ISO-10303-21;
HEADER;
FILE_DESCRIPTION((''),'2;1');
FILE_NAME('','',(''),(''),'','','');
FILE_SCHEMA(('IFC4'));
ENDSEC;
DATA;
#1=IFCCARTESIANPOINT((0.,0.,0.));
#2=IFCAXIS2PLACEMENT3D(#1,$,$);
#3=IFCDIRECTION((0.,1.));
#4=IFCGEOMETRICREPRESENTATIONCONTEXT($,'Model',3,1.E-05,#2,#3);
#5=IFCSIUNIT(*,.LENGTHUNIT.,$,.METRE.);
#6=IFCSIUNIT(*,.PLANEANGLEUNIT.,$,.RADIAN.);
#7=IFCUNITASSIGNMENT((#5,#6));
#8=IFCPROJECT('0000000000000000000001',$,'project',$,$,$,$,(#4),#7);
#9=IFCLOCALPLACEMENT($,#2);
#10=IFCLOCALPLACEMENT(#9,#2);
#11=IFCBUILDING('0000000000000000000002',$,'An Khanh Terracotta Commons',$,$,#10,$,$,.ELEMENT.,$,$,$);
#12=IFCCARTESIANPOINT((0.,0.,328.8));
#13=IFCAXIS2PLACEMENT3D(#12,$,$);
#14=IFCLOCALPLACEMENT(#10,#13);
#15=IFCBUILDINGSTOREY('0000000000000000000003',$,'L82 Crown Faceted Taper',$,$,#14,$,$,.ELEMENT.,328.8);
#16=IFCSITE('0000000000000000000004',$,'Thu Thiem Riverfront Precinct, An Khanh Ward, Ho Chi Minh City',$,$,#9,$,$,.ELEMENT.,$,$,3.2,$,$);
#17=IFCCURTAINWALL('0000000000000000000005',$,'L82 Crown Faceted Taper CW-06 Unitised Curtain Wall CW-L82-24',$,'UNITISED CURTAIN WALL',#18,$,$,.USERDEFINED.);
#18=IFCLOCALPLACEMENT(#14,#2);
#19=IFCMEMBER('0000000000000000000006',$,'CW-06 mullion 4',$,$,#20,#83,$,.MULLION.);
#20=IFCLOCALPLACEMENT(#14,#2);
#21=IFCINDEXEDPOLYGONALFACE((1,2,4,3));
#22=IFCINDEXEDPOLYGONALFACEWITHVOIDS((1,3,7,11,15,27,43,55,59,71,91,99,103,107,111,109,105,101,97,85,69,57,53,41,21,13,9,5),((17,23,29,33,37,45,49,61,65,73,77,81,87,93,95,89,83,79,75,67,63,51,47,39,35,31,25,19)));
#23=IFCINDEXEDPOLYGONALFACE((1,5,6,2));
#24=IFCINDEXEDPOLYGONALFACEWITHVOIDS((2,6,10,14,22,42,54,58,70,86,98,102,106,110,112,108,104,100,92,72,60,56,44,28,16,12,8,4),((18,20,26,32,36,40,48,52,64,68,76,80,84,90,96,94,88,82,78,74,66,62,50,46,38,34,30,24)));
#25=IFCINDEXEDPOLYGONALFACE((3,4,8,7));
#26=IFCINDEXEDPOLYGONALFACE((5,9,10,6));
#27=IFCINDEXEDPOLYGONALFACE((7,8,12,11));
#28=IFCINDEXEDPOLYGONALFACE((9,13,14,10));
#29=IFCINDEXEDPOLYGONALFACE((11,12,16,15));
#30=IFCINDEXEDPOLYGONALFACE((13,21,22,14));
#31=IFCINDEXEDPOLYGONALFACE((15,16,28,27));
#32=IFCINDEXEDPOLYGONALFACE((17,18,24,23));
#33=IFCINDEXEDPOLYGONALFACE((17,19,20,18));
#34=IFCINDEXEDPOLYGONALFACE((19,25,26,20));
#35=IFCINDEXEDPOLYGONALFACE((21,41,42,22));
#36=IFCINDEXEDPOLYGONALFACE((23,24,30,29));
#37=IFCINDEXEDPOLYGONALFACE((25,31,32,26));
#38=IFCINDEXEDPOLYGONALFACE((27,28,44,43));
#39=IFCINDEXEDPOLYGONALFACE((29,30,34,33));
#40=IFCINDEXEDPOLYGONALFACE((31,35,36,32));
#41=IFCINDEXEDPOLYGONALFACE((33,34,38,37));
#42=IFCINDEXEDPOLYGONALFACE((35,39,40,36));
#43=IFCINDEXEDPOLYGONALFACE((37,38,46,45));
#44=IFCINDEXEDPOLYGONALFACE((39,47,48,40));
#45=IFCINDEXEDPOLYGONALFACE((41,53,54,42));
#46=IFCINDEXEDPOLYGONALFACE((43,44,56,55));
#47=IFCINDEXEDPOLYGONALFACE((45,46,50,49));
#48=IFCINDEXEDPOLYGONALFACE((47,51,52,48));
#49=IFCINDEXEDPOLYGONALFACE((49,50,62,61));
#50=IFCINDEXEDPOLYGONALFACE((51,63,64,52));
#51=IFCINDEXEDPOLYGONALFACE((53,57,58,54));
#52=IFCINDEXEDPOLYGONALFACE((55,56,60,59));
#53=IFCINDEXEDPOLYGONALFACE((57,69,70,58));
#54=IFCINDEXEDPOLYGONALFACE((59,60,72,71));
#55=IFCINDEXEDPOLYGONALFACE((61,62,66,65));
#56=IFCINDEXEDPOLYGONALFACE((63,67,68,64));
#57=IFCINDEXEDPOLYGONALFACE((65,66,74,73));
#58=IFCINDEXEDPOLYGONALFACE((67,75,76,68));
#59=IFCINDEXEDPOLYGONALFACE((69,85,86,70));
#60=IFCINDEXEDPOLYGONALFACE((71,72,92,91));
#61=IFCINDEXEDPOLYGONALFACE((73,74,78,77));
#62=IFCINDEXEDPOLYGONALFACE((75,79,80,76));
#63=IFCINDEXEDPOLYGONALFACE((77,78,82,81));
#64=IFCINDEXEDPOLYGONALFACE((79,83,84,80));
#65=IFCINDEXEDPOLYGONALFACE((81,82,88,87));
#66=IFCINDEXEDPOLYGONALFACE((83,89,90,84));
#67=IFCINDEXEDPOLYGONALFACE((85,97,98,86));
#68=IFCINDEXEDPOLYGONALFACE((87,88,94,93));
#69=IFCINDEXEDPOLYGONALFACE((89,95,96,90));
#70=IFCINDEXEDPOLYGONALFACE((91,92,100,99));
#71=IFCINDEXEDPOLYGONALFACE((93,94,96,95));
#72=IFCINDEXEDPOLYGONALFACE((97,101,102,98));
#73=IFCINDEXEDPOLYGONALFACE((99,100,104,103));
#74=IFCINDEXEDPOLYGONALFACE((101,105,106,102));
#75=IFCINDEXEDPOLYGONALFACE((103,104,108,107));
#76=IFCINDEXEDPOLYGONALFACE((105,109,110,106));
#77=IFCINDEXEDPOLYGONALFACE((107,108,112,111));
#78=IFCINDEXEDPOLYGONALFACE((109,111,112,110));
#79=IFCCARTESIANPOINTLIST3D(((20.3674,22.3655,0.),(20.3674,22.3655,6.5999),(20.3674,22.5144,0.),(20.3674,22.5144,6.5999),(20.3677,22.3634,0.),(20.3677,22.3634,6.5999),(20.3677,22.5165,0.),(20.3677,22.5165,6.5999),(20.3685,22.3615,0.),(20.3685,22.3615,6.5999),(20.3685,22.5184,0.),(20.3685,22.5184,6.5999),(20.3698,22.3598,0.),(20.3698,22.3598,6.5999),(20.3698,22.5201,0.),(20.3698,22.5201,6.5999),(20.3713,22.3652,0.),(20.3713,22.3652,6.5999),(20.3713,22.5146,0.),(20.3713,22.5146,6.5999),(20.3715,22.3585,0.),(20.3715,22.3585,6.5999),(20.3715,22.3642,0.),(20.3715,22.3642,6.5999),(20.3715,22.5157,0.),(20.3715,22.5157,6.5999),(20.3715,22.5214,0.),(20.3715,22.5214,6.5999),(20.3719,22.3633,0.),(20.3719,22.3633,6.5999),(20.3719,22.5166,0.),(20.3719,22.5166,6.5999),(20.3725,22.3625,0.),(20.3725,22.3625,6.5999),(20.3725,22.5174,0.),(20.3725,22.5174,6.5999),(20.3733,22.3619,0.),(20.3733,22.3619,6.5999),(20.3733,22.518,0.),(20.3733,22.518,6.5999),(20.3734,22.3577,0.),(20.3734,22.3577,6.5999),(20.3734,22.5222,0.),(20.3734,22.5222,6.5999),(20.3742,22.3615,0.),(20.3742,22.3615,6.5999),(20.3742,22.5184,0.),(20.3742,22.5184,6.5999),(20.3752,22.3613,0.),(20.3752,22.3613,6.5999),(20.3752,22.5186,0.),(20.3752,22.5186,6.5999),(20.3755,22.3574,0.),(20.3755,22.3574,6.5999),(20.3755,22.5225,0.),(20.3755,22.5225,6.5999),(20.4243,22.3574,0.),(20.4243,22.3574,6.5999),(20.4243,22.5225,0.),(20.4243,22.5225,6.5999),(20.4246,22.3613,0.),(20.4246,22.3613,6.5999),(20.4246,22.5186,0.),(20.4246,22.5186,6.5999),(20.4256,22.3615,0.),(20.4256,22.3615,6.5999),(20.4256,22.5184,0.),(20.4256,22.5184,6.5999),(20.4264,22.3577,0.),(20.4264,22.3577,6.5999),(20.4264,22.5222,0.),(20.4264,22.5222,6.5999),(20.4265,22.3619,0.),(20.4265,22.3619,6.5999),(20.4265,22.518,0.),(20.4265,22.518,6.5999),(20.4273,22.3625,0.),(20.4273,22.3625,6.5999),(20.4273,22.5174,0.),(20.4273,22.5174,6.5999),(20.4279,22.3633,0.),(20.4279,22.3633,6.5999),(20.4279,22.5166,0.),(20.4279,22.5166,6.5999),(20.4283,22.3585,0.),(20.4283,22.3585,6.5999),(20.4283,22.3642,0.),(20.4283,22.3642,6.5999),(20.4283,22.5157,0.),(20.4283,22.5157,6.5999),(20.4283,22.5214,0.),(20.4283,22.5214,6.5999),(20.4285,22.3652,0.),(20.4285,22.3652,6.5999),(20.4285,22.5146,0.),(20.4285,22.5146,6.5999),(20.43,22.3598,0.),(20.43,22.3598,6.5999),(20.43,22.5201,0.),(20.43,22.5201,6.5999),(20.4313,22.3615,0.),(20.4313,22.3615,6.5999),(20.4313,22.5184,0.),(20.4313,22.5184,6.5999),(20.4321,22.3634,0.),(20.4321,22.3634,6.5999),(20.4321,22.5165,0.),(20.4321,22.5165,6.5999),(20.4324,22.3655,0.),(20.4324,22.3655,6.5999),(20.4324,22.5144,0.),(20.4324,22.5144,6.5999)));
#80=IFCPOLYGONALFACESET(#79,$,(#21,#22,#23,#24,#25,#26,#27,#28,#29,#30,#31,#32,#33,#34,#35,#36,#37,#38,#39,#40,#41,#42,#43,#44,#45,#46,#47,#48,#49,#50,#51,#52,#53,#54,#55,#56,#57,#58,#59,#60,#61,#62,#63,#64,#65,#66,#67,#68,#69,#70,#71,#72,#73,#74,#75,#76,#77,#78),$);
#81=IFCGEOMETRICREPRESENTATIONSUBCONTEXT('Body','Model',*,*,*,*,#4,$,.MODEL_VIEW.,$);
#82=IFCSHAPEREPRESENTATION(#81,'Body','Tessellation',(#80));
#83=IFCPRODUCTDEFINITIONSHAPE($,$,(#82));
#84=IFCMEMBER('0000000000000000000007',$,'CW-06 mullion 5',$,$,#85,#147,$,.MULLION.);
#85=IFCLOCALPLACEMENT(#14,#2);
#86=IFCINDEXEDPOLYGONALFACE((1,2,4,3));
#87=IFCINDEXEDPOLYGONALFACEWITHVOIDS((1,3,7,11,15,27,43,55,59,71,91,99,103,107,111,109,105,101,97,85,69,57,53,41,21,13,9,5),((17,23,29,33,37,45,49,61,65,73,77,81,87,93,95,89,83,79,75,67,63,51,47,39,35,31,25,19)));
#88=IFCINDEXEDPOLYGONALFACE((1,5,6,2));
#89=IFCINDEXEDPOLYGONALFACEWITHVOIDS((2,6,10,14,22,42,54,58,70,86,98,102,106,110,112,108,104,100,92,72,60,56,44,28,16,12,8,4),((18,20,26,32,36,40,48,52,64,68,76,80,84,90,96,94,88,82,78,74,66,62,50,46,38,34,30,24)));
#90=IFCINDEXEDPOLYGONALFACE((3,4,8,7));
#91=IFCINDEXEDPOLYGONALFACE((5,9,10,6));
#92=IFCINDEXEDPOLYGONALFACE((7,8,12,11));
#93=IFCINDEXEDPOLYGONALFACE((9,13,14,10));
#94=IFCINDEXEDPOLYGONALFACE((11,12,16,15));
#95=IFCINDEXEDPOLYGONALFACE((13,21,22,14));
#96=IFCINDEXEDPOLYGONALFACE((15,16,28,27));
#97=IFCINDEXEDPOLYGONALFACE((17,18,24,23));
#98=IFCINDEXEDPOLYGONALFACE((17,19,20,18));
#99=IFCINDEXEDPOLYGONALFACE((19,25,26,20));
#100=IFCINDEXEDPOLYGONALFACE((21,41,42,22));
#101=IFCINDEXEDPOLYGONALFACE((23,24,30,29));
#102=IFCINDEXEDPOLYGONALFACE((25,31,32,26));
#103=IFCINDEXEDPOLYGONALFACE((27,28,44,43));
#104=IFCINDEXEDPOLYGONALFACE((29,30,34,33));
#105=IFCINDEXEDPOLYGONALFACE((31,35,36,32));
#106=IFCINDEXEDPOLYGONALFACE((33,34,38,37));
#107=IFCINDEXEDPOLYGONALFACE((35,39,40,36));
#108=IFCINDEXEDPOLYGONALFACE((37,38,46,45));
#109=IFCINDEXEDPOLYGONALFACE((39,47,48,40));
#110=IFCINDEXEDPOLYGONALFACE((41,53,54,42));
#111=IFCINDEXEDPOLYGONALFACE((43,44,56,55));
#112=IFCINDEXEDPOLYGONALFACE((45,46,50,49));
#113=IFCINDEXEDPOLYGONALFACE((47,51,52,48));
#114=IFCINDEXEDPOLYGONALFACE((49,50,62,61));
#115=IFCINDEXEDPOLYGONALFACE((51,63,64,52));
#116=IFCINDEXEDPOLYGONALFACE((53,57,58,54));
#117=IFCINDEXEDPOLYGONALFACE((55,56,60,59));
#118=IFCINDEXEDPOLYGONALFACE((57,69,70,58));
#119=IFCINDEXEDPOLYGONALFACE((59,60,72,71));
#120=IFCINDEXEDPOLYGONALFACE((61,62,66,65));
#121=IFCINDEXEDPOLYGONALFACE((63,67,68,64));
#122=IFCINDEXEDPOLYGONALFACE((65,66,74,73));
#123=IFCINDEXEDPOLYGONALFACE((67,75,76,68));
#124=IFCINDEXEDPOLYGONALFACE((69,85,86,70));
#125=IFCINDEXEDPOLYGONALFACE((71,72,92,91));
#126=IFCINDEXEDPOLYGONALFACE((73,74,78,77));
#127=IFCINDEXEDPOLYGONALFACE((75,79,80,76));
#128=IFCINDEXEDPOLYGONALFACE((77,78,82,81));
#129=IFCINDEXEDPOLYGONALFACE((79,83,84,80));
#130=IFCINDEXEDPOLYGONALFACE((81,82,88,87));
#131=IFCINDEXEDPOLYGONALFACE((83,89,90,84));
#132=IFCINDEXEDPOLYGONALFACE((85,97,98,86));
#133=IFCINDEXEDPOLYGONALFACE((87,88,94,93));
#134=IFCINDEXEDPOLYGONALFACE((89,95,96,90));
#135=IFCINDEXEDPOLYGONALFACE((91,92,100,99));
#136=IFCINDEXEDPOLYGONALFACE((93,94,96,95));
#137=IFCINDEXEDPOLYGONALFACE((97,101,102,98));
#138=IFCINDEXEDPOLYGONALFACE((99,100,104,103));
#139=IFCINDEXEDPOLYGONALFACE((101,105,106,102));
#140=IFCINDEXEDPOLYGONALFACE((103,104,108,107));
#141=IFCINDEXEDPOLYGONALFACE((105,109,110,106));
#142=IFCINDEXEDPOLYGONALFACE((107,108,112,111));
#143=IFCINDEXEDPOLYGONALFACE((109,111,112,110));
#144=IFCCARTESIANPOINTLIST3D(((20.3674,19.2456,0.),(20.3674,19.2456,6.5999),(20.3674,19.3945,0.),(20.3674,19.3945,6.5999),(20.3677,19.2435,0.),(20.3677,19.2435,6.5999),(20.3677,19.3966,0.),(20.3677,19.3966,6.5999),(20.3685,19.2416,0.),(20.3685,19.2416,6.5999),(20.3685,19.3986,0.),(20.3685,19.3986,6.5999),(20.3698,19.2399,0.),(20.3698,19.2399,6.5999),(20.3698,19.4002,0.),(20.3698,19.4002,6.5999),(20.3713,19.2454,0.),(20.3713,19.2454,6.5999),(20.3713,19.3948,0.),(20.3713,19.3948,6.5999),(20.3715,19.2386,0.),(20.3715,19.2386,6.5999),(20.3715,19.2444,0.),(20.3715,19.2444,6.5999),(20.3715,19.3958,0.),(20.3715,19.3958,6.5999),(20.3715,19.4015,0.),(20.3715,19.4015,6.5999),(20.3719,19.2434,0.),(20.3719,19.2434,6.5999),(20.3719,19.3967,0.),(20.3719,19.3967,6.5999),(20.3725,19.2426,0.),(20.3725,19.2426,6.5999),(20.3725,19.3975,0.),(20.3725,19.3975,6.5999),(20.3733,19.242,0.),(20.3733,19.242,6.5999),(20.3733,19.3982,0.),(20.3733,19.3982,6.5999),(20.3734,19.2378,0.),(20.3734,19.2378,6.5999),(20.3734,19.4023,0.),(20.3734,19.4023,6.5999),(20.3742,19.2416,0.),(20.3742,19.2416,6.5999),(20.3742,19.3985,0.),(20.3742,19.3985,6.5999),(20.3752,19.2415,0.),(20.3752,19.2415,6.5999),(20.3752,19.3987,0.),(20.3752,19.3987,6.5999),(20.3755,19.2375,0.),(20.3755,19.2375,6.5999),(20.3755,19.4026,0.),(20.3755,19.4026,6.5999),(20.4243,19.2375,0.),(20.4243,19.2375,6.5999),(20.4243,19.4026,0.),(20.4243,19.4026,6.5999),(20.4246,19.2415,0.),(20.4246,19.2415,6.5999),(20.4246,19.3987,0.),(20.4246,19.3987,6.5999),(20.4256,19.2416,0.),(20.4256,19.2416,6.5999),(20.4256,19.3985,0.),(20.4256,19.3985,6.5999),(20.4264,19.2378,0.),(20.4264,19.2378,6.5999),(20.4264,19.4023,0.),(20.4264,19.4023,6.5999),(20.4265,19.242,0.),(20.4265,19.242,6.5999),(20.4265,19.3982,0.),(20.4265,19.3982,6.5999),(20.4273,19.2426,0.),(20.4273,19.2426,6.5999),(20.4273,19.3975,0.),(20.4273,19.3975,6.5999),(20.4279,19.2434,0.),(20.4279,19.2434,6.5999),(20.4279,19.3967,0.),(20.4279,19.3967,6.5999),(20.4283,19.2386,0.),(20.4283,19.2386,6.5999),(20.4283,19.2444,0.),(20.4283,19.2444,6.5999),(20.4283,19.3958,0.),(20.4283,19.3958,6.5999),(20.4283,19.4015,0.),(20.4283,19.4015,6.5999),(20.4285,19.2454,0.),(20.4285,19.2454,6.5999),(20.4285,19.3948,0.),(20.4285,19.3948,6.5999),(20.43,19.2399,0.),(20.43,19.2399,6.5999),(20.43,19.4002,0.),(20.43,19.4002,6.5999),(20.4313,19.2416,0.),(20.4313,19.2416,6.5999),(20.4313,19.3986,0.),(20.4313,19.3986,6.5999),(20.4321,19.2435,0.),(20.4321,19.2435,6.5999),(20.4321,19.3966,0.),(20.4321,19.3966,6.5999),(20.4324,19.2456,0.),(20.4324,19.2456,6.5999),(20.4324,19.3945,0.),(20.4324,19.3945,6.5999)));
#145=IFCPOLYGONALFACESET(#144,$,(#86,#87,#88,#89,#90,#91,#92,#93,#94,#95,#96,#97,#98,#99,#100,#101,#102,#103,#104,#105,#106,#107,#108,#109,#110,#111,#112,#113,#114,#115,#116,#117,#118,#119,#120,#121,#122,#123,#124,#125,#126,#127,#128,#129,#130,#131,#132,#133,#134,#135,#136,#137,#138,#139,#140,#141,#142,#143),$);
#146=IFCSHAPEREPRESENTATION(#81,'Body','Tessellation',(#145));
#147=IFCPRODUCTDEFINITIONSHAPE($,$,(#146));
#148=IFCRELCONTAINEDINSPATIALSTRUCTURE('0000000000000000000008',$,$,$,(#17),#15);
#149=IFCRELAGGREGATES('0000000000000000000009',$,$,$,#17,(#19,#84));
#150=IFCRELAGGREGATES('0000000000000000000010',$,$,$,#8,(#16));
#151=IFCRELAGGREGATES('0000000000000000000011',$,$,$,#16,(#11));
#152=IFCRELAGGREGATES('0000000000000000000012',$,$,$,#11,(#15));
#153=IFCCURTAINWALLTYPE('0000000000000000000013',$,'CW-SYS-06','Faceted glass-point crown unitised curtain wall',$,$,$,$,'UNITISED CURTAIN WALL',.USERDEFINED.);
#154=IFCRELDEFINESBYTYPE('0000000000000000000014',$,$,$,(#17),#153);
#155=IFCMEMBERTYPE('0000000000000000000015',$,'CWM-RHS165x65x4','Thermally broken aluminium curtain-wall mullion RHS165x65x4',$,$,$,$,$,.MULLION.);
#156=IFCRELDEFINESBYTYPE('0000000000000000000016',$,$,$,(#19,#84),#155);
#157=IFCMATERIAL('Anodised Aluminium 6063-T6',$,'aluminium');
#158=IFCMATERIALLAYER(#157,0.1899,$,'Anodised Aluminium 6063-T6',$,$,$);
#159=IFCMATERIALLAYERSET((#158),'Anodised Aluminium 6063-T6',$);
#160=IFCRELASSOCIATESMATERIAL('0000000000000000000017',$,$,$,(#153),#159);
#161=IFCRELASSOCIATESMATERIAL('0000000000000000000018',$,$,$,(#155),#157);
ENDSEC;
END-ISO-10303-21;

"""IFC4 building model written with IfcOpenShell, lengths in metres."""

from ifc_helpers import new_model, si_unit, direction, frame, origin, origin_2d, place, context, subcontext, project, spatial, hollow_rectangle, extrude, material, layer, layer_set, material_profile, profile_set, type_object, element, aggregate, save


model = new_model("IFC4")

# Units and contexts
model_context = context("Model", 3, precision=1e-05, world=origin(), true_north=direction((0.0, 1.0)))
body_context = subcontext(model_context, "Body", "Model", "MODEL_VIEW")
ifc_project = project(units=[si_unit("LENGTHUNIT", "METRE"), si_unit("PLANEANGLEUNIT", "RADIAN")], contexts=[model_context])

# Site, building, storey
site_placement = place(None, origin())
site = spatial("IfcSite", under=ifc_project, at=site_placement, Name="Thu Thiem Riverfront Precinct, An Khanh Ward, Ho Chi Minh City", CompositionType="ELEMENT", RefElevation=3.2)
building_placement = place(site_placement, origin())
building = spatial("IfcBuilding", under=site, at=building_placement, Name="An Khanh Terracotta Commons", CompositionType="ELEMENT")
storey_placement = place(building_placement, frame((0.0, 0.0, 328.8)))
storey = spatial("IfcBuildingStorey", under=building, at=storey_placement, Name="L82 Crown Faceted Taper", CompositionType="ELEMENT", Elevation=328.8)

# Shared definitions
ifc_material_1 = material(Name="Anodised Aluminium 6063-T6", Category="aluminium")
ifc_layer_1 = layer(ifc_material_1, 0.1899, Name="Anodised Aluminium 6063-T6")
ifc_layer_set_1 = layer_set([ifc_layer_1], Name="Anodised Aluminium 6063-T6")
curtain_wall_type = type_object("IfcCurtainWallType", Name="CW-SYS-06", Description="Faceted glass-point crown unitised curtain wall", ElementType="UNITISED CURTAIN WALL", PredefinedType="USERDEFINED", material=ifc_layer_set_1)
ifc_material_profile_1 = material_profile(ifc_material_1, hollow_rectangle(XDim=0.0649, YDim=0.165, WallThickness=0.0039, InnerFilletRadius=0.0039, OuterFilletRadius=0.0081, at=origin_2d()), Name="RHS165x65x4")
ifc_profile_set_1 = profile_set([ifc_material_profile_1], Name="Anodised Aluminium 6063-T6")
member_type_1 = type_object("IfcMemberType", Name="CWM-RHS165x65x4", Description="Thermally broken aluminium curtain-wall mullion RHS165x65x4", PredefinedType="MULLION", material=ifc_profile_set_1)

# Curtain wall, members
curtain_wall_1_placement = place(storey_placement, origin())
curtain_wall_1 = element("IfcCurtainWall", 1, at=curtain_wall_1_placement, inside=storey, type_object=curtain_wall_type, Name="L82 Crown Faceted Taper CW-06 Unitised Curtain Wall CW-L82-24", ObjectType="UNITISED CURTAIN WALL", PredefinedType="USERDEFINED")
member_1_placement = place(storey_placement, frame((20.3999, 22.4399, 0.0), z_axis=(0.0, 0.0, 1.0), x_axis=(1.0, 0.0, 0.0)))
member_1 = element("IfcMember", 2, at=member_1_placement, type_object=member_type_1, Name="CW-06 mullion 4", PredefinedType="MULLION", context=body_context, shape_type="SweptSolid", body=[
    extrude(hollow_rectangle(XDim=0.0649, YDim=0.165, WallThickness=0.0039, InnerFilletRadius=0.0039, OuterFilletRadius=0.0081, at=origin_2d()), origin(), (0.0, 0.0, 1.0), 6.5999),
])
member_2_placement = place(storey_placement, frame((20.3999, 19.3201, 0.0), z_axis=(0.0, 0.0, 1.0), x_axis=(1.0, 0.0, 0.0)))
member_2 = element("IfcMember", 3, at=member_2_placement, type_object=member_type_1, Name="CW-06 mullion 5", PredefinedType="MULLION", context=body_context, shape_type="SweptSolid", body=[
    extrude(hollow_rectangle(XDim=0.0649, YDim=0.165, WallThickness=0.0039, InnerFilletRadius=0.0039, OuterFilletRadius=0.0081, at=origin_2d()), origin(), (0.0, 0.0, 1.0), 6.5999),
])

aggregate(curtain_wall_1, [member_1, member_2])

save(model, "model.ifc")
